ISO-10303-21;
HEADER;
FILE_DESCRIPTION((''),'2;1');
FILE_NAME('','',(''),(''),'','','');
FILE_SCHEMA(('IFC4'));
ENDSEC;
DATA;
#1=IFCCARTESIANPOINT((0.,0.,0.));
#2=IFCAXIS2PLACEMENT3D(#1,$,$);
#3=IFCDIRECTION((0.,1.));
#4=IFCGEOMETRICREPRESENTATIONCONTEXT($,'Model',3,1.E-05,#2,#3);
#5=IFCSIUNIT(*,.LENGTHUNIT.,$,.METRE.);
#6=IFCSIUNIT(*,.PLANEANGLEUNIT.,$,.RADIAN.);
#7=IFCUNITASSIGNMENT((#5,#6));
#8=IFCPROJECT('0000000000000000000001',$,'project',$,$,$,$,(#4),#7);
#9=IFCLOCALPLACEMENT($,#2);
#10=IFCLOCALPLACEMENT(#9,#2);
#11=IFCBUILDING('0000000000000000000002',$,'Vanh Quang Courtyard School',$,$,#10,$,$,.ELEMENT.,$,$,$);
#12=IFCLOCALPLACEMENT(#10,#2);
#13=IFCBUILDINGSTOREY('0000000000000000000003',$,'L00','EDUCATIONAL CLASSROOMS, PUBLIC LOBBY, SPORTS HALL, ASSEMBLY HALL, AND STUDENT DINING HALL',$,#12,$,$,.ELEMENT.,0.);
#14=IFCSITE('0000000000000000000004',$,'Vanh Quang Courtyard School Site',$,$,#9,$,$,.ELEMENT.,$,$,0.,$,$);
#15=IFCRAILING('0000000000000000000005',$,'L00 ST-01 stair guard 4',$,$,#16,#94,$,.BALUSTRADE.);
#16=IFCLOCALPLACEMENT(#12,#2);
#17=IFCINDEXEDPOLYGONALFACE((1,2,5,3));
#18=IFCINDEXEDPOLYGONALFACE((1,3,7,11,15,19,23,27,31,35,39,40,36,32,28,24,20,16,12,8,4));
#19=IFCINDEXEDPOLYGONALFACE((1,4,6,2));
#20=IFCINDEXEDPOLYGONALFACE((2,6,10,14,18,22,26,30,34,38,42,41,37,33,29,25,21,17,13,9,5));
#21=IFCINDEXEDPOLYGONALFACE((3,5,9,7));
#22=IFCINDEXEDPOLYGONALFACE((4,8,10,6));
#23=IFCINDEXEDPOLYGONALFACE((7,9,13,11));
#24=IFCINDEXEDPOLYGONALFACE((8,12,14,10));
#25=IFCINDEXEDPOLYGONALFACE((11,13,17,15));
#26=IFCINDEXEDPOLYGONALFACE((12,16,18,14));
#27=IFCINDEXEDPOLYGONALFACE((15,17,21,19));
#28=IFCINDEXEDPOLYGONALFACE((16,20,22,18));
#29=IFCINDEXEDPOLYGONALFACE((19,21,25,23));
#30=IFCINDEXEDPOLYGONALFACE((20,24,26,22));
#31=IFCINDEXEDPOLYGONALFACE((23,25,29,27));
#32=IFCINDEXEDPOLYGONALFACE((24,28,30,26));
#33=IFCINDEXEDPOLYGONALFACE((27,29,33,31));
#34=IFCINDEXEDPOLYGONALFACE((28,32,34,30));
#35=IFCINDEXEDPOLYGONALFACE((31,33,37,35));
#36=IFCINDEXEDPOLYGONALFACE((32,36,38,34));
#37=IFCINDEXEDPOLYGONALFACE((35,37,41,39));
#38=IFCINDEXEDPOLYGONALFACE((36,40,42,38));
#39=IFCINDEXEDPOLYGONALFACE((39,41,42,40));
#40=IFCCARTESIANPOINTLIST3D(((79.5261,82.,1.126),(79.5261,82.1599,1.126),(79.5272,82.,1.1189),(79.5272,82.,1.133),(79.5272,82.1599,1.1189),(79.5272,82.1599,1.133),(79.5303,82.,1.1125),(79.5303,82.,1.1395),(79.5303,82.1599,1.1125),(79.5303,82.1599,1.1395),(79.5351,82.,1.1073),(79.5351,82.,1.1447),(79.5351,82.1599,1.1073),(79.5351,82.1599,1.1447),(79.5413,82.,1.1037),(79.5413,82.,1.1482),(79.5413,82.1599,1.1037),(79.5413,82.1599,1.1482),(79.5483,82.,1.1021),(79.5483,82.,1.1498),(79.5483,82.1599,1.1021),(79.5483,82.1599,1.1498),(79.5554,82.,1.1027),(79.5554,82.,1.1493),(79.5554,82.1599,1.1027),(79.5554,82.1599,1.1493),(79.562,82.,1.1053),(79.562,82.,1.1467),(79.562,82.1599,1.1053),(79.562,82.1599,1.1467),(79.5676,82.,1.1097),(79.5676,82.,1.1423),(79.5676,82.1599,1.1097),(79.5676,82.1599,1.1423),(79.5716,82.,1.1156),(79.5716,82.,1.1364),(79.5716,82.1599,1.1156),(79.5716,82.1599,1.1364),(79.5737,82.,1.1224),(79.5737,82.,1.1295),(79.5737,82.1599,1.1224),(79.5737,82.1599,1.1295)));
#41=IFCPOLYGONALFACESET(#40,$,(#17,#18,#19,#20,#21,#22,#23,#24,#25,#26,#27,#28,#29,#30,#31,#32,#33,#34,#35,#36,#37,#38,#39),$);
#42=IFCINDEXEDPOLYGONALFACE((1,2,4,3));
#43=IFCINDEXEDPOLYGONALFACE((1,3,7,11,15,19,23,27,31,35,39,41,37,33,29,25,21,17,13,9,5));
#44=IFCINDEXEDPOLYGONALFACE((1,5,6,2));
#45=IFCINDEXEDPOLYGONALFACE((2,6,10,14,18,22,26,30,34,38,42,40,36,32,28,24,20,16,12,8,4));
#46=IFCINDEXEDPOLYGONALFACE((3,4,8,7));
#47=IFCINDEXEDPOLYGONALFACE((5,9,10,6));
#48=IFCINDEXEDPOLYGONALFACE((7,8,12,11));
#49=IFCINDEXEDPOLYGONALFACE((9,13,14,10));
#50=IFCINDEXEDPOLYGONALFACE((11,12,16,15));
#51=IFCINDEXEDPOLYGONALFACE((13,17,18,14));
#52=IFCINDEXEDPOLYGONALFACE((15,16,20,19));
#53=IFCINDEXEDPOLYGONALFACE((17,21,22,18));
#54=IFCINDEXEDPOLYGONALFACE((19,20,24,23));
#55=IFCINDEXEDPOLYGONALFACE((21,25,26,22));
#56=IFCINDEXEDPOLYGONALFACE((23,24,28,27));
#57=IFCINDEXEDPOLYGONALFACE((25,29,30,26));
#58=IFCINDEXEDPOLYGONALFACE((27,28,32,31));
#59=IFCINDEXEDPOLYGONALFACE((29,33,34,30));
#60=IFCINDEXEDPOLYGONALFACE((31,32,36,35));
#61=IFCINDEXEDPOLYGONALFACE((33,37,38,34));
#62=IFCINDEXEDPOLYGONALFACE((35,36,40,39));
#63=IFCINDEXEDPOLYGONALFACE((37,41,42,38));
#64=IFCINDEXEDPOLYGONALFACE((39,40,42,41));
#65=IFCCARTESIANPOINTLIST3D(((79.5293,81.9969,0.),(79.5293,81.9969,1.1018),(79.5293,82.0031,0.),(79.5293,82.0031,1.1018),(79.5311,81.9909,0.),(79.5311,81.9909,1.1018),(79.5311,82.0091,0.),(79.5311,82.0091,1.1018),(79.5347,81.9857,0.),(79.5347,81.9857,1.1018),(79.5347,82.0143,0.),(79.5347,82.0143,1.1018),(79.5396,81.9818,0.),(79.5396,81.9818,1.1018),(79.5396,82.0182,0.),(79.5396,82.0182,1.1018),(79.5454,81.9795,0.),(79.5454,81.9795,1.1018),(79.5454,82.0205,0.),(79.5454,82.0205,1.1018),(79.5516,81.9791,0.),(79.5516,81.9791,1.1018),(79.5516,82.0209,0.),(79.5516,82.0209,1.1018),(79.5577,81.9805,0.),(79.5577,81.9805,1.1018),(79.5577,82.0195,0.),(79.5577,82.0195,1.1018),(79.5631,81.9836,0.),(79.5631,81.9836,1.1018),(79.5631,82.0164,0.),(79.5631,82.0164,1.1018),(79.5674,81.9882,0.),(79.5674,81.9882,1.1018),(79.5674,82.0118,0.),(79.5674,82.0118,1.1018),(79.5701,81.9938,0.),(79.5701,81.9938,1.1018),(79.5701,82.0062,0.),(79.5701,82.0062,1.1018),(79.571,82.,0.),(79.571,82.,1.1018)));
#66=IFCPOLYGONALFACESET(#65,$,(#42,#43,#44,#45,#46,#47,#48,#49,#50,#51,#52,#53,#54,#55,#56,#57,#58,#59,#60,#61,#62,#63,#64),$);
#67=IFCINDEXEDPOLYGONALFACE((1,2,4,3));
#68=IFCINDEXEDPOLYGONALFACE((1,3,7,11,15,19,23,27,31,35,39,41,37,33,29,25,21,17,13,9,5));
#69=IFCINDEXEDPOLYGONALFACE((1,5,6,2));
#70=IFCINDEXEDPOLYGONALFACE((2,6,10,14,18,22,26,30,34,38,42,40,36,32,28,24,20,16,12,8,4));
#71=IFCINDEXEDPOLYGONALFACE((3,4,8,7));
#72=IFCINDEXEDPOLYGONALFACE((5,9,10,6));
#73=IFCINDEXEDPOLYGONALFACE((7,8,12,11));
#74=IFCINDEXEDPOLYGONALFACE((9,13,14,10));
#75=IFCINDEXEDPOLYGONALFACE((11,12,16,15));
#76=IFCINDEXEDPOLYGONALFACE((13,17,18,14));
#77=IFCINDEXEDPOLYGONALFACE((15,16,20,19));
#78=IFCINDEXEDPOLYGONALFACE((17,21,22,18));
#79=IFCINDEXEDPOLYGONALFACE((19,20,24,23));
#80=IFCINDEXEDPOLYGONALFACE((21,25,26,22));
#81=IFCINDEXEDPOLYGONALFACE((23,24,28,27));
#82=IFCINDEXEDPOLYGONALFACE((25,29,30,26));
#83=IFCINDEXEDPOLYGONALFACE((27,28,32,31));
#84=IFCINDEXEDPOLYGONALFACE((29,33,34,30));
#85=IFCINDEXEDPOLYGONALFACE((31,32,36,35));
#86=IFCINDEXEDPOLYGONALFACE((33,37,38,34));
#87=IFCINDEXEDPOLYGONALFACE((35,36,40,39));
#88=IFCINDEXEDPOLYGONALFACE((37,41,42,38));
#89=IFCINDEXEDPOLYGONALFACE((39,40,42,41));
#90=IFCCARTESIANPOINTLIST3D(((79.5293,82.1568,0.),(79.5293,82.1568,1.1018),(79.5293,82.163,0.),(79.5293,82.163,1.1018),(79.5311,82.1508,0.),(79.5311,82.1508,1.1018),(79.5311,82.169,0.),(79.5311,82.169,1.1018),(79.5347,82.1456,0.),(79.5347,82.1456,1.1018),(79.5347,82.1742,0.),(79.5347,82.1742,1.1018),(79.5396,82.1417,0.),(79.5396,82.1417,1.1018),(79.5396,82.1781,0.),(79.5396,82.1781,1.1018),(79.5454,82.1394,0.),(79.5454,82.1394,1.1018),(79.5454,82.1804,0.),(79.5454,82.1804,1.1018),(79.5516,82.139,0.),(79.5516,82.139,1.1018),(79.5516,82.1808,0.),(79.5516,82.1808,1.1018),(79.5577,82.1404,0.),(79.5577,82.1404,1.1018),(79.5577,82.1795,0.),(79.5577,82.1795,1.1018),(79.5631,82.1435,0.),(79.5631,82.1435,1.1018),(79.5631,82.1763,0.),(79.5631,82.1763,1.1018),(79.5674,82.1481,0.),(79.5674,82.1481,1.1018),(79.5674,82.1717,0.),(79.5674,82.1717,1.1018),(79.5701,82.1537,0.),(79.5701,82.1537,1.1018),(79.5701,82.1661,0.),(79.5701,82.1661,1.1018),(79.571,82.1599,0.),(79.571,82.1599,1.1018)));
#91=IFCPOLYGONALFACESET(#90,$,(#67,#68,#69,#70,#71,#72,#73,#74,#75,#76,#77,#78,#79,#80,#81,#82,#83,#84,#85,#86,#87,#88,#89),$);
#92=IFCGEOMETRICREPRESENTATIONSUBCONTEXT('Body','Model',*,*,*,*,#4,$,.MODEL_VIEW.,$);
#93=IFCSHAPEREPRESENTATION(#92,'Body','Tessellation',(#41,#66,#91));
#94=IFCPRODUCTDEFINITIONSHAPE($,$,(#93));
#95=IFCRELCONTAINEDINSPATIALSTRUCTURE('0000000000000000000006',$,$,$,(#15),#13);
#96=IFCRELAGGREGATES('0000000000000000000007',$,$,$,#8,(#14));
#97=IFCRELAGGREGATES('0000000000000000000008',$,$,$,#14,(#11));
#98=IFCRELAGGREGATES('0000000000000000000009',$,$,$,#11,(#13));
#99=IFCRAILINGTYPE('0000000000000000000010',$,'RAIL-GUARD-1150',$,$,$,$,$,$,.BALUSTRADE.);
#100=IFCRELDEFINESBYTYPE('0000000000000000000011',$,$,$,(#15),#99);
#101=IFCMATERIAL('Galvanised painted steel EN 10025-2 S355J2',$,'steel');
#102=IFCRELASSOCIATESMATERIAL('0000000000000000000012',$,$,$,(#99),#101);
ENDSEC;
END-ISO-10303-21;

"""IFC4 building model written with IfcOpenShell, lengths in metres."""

from ifc_helpers import new_model, si_unit, direction, frame, origin, origin_2d, place, context, subcontext, project, spatial, circle, extrude, material, type_object, element, save


model = new_model("IFC4")

# Units and contexts
model_context = context("Model", 3, precision=1e-05, world=origin(), true_north=direction((0.0, 1.0)))
body_context = subcontext(model_context, "Body", "Model", "MODEL_VIEW")
ifc_project = project(units=[si_unit("LENGTHUNIT", "METRE"), si_unit("PLANEANGLEUNIT", "RADIAN")], contexts=[model_context])

# Site, building, storey
site_placement = place(None, origin())
site = spatial("IfcSite", under=ifc_project, at=site_placement, Name="Vanh Quang Courtyard School Site", CompositionType="ELEMENT", RefElevation=0.0)
building_placement = place(site_placement, origin())
building = spatial("IfcBuilding", under=site, at=building_placement, Name="Vanh Quang Courtyard School", CompositionType="ELEMENT")
storey_placement = place(building_placement, origin())
storey = spatial("IfcBuildingStorey", under=building, at=storey_placement, Name="L00", Description="EDUCATIONAL CLASSROOMS, PUBLIC LOBBY, SPORTS HALL, ASSEMBLY HALL, AND STUDENT DINING HALL", CompositionType="ELEMENT", Elevation=0.0)

# Railing
ifc_material_1 = material(Name="Galvanised painted steel EN 10025-2 S355J2", Category="steel")
railing_type_1 = type_object("IfcRailingType", Name="RAIL-GUARD-1150", PredefinedType="BALUSTRADE", material=ifc_material_1)
railing_1_placement = place(storey_placement, frame((79.55, 82.0, 0.0)))
element("IfcRailing", 1, at=railing_1_placement, inside=storey, type_object=railing_type_1, Name="L00 ST-01 stair guard 4", PredefinedType="BALUSTRADE", context=body_context, shape_type="SweptSolid", body=[
    extrude(circle(Radius=0.0239, at=origin_2d()), frame((0.0, 0.0, 1.126), z_axis=(0.0, 1.0, 0.0), x_axis=(-1.0, 0.0, 0.0)), (0.0, 0.0, 1.0), 0.1599),
    extrude(circle(Radius=0.021, at=origin_2d()), origin(), (0.0, 0.0, 1.0), 1.1018),
    extrude(circle(Radius=0.021, at=origin_2d()), frame((0.0, 0.1599, 0.0)), (0.0, 0.0, 1.0), 1.1018),
])

save(model, "model.ifc")
